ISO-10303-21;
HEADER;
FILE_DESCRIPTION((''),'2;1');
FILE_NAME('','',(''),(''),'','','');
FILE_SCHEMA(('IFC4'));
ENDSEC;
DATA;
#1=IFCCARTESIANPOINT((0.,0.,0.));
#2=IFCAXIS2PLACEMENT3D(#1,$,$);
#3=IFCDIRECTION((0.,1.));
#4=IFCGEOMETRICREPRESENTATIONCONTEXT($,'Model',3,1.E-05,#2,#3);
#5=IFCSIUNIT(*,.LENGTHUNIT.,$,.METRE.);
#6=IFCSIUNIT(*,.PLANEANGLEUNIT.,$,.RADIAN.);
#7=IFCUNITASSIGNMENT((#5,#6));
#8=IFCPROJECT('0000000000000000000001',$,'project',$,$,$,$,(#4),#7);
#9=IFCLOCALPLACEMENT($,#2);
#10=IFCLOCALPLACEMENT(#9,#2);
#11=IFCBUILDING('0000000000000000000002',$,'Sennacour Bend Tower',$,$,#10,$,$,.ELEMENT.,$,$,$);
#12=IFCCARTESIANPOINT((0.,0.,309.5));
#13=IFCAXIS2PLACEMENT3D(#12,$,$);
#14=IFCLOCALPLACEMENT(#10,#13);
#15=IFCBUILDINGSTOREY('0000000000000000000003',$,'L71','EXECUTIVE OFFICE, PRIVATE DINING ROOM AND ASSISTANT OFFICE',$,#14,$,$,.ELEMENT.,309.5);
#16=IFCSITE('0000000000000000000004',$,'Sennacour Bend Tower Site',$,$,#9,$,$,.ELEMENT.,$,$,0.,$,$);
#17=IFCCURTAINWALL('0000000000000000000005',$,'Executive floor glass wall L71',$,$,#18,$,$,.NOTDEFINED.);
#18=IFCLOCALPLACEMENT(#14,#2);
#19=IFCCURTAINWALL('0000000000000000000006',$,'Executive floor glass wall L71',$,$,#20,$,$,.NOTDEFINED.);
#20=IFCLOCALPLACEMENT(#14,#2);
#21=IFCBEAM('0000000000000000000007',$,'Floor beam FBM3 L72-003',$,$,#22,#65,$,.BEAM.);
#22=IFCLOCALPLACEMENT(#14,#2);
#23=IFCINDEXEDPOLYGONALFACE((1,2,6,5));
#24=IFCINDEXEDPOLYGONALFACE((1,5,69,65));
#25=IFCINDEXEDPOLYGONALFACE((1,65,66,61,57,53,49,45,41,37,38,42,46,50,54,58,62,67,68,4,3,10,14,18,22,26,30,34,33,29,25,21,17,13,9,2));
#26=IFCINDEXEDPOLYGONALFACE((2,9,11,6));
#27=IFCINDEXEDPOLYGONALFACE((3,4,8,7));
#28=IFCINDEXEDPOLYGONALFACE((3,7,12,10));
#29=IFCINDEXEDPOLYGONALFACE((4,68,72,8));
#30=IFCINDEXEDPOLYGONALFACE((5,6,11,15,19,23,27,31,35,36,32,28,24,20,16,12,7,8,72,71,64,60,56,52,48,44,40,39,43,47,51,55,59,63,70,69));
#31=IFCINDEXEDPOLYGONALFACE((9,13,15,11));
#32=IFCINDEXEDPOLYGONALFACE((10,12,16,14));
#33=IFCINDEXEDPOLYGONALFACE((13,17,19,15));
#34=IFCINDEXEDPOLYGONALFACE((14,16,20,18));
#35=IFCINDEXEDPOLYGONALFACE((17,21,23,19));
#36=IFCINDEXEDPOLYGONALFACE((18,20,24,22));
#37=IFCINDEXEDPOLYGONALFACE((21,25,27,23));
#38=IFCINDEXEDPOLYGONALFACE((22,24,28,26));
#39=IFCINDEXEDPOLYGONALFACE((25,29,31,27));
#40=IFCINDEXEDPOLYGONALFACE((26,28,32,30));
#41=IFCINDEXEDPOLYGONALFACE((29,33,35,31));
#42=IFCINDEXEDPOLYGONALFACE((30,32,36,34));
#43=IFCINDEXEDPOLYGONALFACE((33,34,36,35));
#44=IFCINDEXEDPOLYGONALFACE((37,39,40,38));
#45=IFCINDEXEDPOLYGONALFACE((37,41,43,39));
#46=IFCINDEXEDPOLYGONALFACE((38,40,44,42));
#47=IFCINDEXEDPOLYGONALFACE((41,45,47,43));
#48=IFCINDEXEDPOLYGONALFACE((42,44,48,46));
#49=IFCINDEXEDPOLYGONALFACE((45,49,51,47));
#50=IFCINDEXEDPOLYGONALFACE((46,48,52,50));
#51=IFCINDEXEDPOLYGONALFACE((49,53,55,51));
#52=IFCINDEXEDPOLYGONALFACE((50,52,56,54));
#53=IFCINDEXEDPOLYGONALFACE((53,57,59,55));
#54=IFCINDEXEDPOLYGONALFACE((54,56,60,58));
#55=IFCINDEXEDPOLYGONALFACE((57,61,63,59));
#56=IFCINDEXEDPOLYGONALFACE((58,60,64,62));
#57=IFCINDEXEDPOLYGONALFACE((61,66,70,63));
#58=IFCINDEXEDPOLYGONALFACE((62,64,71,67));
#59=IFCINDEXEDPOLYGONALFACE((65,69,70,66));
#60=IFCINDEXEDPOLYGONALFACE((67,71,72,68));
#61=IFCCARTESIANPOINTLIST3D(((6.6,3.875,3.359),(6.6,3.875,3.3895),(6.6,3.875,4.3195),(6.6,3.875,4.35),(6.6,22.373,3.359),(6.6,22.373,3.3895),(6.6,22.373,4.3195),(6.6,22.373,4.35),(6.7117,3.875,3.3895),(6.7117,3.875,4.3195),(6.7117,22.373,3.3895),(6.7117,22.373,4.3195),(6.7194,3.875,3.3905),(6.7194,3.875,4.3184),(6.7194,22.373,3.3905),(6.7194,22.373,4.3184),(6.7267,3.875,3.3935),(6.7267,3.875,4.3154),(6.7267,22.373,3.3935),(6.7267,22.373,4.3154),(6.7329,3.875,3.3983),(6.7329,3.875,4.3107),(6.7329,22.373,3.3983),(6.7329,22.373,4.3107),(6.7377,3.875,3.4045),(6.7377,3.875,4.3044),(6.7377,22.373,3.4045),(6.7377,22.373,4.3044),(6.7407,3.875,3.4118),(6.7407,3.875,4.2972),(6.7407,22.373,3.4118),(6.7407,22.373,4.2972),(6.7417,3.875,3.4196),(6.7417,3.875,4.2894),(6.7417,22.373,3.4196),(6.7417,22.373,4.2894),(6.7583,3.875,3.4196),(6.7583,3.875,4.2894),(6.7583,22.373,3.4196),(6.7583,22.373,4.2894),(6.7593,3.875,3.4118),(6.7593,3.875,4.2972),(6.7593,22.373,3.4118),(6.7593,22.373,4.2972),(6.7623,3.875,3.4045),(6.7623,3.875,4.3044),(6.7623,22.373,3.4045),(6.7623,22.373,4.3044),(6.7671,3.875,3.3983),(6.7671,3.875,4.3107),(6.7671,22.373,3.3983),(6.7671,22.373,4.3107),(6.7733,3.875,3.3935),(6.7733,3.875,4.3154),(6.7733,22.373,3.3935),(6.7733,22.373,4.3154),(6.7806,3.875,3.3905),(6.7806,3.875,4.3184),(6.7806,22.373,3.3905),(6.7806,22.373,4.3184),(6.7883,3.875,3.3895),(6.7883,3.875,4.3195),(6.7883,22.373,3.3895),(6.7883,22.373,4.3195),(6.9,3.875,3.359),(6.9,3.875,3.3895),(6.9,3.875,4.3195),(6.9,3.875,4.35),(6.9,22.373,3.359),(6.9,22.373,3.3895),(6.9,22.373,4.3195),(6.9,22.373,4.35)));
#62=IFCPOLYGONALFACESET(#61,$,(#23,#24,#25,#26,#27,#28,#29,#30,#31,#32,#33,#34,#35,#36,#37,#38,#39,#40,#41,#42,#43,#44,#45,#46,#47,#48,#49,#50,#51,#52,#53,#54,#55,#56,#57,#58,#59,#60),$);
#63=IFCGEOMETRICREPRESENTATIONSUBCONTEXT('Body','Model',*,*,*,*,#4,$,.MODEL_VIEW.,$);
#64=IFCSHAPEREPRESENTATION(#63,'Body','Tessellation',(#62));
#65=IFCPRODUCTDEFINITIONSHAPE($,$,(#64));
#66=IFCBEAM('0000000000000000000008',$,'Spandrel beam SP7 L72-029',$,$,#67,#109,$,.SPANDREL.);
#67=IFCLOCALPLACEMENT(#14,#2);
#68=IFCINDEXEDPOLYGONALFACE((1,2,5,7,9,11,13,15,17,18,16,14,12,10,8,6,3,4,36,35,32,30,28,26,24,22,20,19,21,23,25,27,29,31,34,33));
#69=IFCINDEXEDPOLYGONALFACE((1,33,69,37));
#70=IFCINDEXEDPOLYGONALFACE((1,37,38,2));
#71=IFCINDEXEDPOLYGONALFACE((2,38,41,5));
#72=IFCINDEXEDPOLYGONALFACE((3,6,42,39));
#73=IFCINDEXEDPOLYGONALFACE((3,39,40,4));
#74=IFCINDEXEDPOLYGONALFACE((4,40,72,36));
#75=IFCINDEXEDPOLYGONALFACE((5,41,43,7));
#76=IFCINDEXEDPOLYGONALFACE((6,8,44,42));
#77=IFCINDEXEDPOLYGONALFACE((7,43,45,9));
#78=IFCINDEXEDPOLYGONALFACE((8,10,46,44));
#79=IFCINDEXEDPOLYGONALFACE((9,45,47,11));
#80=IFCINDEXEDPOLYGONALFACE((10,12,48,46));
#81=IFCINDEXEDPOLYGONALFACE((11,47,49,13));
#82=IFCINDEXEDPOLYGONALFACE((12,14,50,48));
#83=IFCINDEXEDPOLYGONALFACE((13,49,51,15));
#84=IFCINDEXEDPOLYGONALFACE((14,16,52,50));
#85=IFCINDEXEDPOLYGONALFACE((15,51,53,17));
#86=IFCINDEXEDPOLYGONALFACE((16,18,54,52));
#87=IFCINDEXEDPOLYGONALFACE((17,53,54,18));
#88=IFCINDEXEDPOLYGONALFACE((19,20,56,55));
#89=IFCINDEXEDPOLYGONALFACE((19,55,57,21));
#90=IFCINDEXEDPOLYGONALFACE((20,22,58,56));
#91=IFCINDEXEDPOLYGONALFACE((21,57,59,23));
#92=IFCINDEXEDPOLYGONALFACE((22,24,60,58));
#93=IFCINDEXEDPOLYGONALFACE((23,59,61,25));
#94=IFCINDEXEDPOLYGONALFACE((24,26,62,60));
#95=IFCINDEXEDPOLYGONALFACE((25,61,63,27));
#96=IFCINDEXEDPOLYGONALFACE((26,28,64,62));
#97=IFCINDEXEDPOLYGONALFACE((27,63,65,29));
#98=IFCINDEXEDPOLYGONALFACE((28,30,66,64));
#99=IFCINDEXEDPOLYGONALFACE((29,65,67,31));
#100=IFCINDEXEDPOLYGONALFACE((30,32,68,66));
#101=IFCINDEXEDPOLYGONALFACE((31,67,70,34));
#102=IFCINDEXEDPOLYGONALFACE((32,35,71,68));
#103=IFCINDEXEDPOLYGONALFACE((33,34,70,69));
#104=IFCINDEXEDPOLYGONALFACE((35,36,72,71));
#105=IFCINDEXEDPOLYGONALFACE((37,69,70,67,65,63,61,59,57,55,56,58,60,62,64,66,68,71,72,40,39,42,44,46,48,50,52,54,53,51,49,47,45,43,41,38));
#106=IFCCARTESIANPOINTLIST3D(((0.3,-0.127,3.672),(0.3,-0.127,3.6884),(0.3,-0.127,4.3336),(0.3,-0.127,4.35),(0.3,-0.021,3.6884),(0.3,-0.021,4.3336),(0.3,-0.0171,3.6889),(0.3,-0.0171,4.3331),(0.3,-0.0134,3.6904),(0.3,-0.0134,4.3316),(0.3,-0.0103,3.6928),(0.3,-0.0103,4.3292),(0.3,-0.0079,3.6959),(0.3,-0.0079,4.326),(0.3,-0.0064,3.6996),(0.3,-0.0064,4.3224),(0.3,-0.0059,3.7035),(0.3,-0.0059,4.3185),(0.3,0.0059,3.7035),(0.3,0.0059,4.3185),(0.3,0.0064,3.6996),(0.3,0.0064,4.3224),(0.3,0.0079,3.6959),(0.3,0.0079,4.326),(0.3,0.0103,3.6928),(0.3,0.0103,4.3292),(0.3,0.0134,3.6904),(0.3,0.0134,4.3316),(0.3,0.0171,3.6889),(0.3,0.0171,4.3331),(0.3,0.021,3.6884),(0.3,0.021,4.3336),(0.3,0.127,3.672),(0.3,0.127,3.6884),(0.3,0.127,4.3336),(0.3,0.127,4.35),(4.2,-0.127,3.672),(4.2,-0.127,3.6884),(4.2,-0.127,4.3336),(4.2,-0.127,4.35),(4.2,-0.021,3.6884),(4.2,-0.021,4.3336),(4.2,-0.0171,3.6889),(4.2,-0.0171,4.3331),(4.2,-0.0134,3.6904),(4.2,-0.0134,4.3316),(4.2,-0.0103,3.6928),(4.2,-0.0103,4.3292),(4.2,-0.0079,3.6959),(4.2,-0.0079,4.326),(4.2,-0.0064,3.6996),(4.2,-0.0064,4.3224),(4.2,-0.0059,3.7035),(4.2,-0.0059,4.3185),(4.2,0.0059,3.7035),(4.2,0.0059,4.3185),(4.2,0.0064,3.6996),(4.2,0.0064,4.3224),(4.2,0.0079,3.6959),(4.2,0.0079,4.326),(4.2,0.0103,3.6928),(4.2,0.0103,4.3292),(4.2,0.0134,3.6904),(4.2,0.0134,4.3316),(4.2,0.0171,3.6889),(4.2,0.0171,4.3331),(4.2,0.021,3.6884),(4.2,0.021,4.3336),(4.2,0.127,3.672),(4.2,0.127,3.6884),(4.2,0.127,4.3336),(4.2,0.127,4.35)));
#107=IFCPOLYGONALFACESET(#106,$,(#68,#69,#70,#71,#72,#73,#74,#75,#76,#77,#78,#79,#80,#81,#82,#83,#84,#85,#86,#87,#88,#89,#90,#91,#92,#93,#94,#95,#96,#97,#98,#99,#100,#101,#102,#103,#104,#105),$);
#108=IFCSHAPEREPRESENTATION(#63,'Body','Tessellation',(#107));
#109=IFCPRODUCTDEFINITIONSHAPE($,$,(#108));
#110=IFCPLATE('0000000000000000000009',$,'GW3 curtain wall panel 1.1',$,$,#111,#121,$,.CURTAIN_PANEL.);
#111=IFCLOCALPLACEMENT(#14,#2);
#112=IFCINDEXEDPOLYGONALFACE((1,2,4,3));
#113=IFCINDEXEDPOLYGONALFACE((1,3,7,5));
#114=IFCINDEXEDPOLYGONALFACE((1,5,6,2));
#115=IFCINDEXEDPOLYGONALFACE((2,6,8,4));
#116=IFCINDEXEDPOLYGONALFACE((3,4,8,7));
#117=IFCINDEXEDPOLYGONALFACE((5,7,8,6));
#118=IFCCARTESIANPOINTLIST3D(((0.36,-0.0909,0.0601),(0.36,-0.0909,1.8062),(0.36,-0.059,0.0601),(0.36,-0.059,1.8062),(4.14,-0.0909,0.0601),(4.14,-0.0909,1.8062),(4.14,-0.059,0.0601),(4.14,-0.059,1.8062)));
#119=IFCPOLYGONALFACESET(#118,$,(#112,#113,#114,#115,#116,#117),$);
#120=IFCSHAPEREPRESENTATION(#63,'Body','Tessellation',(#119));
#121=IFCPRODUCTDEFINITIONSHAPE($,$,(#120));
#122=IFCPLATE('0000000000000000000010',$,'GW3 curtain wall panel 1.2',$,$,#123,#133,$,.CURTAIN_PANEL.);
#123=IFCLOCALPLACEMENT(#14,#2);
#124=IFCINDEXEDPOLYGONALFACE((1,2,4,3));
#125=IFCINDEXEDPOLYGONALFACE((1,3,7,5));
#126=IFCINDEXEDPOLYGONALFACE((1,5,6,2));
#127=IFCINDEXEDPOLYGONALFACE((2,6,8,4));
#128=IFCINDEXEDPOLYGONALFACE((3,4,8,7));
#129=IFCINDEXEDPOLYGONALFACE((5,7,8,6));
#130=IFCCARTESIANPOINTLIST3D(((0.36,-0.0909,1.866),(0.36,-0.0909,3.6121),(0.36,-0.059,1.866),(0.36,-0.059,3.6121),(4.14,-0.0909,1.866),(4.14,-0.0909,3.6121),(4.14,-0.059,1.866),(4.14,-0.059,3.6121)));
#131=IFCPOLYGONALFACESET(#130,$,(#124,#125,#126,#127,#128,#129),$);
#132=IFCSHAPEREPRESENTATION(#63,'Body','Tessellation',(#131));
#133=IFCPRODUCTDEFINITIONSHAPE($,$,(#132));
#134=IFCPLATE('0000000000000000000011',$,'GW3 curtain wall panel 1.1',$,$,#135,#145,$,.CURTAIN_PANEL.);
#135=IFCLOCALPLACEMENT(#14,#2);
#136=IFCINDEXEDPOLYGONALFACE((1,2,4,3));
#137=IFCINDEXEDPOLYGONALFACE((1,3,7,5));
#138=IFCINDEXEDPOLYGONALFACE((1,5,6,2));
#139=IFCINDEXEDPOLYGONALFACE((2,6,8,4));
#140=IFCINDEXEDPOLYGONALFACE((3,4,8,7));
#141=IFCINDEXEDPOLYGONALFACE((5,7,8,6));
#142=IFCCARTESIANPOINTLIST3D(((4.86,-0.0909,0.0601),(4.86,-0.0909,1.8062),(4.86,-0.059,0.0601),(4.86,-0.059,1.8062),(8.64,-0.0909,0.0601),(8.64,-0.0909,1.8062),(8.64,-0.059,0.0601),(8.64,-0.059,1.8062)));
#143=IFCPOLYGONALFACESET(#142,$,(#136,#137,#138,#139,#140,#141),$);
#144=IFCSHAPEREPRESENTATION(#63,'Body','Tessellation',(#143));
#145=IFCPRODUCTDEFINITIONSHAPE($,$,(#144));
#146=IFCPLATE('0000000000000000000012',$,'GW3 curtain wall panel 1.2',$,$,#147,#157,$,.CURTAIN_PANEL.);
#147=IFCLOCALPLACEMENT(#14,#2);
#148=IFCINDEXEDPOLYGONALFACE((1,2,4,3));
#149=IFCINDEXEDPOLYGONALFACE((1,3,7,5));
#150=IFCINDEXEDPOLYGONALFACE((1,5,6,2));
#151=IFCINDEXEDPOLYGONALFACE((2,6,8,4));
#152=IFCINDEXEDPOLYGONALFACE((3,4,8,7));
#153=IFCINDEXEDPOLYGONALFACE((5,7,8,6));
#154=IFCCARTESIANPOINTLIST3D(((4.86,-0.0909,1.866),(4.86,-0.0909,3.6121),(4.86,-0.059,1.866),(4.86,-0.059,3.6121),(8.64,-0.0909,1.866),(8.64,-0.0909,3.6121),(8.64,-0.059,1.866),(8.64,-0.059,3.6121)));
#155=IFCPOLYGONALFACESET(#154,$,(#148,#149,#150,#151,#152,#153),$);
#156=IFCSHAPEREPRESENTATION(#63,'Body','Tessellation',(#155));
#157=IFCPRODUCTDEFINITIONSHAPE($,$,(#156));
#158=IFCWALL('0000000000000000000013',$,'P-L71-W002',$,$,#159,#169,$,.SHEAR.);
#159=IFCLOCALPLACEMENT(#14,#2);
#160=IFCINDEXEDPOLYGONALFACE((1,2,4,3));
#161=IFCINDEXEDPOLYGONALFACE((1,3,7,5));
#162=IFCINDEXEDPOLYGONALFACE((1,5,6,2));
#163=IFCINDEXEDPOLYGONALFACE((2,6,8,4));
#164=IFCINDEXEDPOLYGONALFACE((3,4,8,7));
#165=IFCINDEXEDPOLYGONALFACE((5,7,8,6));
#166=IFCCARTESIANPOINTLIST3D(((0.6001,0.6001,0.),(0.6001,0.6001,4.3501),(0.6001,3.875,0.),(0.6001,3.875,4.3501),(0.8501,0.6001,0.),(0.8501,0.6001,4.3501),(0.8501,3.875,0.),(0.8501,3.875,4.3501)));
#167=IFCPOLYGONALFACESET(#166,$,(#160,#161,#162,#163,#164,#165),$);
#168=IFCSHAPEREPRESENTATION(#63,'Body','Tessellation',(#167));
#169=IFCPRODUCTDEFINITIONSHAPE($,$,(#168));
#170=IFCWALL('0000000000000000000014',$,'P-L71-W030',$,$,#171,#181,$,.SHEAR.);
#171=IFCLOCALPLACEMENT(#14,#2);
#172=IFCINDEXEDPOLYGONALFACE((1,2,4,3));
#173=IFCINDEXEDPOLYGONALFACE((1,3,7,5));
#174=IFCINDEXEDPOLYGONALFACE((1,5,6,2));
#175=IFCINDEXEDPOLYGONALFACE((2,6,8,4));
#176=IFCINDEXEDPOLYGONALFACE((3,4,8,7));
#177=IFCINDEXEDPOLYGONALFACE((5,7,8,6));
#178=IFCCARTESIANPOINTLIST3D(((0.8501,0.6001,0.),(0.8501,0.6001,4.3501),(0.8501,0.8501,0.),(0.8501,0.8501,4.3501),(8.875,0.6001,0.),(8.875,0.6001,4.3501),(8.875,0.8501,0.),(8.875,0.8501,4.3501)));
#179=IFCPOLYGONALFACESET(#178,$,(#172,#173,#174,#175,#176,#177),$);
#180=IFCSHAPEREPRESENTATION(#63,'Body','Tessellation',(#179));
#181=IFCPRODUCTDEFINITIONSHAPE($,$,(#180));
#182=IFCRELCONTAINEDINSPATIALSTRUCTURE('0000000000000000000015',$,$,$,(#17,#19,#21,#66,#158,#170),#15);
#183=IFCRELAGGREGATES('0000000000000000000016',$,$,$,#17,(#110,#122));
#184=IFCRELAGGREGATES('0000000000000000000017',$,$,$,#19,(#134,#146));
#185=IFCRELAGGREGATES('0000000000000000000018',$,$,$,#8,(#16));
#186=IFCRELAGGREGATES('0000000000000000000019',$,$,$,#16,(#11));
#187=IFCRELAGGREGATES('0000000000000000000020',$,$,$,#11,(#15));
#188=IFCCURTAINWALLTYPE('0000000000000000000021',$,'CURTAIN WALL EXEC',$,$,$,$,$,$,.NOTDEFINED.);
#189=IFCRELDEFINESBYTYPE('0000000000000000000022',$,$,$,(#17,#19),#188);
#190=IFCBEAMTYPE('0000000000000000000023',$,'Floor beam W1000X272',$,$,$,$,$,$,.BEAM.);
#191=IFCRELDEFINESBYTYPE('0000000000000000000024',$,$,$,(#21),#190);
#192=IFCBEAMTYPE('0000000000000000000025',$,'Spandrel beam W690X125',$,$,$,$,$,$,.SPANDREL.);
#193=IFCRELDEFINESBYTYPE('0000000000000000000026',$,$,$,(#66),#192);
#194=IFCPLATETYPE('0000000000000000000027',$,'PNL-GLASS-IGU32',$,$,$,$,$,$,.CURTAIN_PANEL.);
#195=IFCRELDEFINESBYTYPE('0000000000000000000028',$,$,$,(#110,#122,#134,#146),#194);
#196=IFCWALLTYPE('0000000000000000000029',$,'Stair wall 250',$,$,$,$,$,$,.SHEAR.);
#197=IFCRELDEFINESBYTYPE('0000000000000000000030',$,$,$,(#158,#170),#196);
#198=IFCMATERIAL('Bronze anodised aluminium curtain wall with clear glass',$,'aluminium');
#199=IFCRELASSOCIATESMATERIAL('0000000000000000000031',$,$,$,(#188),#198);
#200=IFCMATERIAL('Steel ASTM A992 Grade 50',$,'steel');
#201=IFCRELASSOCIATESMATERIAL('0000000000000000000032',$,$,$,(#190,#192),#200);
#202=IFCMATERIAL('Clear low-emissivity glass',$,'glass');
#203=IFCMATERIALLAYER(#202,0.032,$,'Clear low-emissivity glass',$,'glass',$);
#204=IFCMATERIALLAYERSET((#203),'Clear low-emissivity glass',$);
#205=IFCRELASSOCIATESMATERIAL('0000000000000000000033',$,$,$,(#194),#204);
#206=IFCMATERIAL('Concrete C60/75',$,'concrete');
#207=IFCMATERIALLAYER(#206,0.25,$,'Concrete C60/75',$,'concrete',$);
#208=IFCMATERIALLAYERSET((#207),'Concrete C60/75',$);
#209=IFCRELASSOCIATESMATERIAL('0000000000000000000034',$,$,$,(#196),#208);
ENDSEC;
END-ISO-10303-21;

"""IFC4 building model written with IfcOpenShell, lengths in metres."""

from ifc_helpers import new_model, si_unit, direction, frame, frame_2d, origin, origin_2d, place, context, subcontext, project, spatial, rectangle, i_section, extrude, material, layer, layer_set, material_profile, profile_set, type_object, element, aggregate, save


model = new_model("IFC4")

# Units and contexts
model_context = context("Model", 3, precision=1e-05, world=origin(), true_north=direction((0.0, 1.0)))
body_context = subcontext(model_context, "Body", "Model", "MODEL_VIEW")
ifc_project = project(units=[si_unit("LENGTHUNIT", "METRE"), si_unit("PLANEANGLEUNIT", "RADIAN")], contexts=[model_context])

# Site, building, storey
site_placement = place(None, origin())
site = spatial("IfcSite", under=ifc_project, at=site_placement, Name="Sennacour Bend Tower Site", CompositionType="ELEMENT", RefElevation=0.0)
building_placement = place(site_placement, origin())
building = spatial("IfcBuilding", under=site, at=building_placement, Name="Sennacour Bend Tower", CompositionType="ELEMENT")
storey_placement = place(building_placement, frame((0.0, 0.0, 309.5)))
storey = spatial("IfcBuildingStorey", under=building, at=storey_placement, Name="L71", Description="EXECUTIVE OFFICE, PRIVATE DINING ROOM AND ASSISTANT OFFICE", CompositionType="ELEMENT", Elevation=309.5)

# Curtain wall
ifc_material_1 = material(Name="Bronze anodised aluminium curtain wall with clear glass", Category="aluminium")
curtain_wall_type = type_object("IfcCurtainWallType", Name="CURTAIN WALL EXEC", PredefinedType="NOTDEFINED", material=ifc_material_1)
curtain_wall_1_placement = place(storey_placement, origin())
curtain_wall_1 = element("IfcCurtainWall", 1, at=curtain_wall_1_placement, inside=storey, type_object=curtain_wall_type, Name="Executive floor glass wall L71", PredefinedType="NOTDEFINED")

# Curtain wall
curtain_wall_2_placement = place(storey_placement, origin())
curtain_wall_2 = element("IfcCurtainWall", 2, at=curtain_wall_2_placement, inside=storey, type_object=curtain_wall_type, Name="Executive floor glass wall L71", PredefinedType="NOTDEFINED")

# Beams
ifc_material_2 = material(Name="Steel ASTM A992 Grade 50", Category="steel")
ifc_material_profile_1 = material_profile(ifc_material_2, i_section(OverallWidth=0.3, OverallDepth=0.991, WebThickness=0.0166, FlangeThickness=0.0305, FilletRadius=0.03, at=origin_2d()), Name="Steel ASTM A992 Grade 50", Category="steel")
ifc_profile_set_1 = profile_set([ifc_material_profile_1], Name="Steel ASTM A992 Grade 50")
beam_type_1 = type_object("IfcBeamType", Name="Floor beam W1000X272", PredefinedType="BEAM", material=ifc_profile_set_1)
beam_1_placement = place(storey_placement, frame((6.75, 3.875, 3.8545), z_axis=(0.0, 1.0, 0.0), x_axis=(-1.0, 0.0, 0.0)))
element("IfcBeam", 3, at=beam_1_placement, inside=storey, type_object=beam_type_1, Name="Floor beam FBM3 L72-003", PredefinedType="BEAM", context=body_context, shape_type="SweptSolid", body=[
    extrude(i_section(OverallWidth=0.3, OverallDepth=0.991, WebThickness=0.0166, FlangeThickness=0.0305, FilletRadius=0.03, at=origin_2d()), origin(), (0.0, 0.0, 1.0), 18.498),
])
ifc_material_profile_2 = material_profile(ifc_material_2, i_section(OverallWidth=0.2539, OverallDepth=0.678, WebThickness=0.0117, FlangeThickness=0.0164, FilletRadius=0.0151, at=origin_2d()), Name="Steel ASTM A992 Grade 50", Category="steel")
ifc_profile_set_2 = profile_set([ifc_material_profile_2], Name="Steel ASTM A992 Grade 50")
beam_type_2 = type_object("IfcBeamType", Name="Spandrel beam W690X125", PredefinedType="SPANDREL", material=ifc_profile_set_2)
beam_2_placement = place(storey_placement, frame((4.2, 0.0, 4.011), z_axis=(-1.0, 0.0, 0.0), x_axis=(0.0, -1.0, 0.0)))
element("IfcBeam", 4, at=beam_2_placement, inside=storey, type_object=beam_type_2, Name="Spandrel beam SP7 L72-029", PredefinedType="SPANDREL", context=body_context, shape_type="SweptSolid", body=[
    extrude(i_section(OverallWidth=0.2539, OverallDepth=0.678, WebThickness=0.0117, FlangeThickness=0.0164, FilletRadius=0.0151, at=origin_2d()), origin(), (0.0, 0.0, 1.0), 3.8999),
])

# Plates
ifc_material_3 = material(Name="Clear low-emissivity glass", Category="glass")
ifc_layer_1 = layer(ifc_material_3, 0.032, Name="Clear low-emissivity glass", Category="glass")
ifc_layer_set_1 = layer_set([ifc_layer_1], Name="Clear low-emissivity glass")
plate_type = type_object("IfcPlateType", Name="PNL-GLASS-IGU32", PredefinedType="CURTAIN_PANEL", material=ifc_layer_set_1)
plate_1_placement = place(storey_placement, frame((2.25, -0.075, 0.0601), z_axis=(0.0, 0.0, 1.0), x_axis=(1.0, 0.0, 0.0)))
plate_1 = element("IfcPlate", 5, at=plate_1_placement, type_object=plate_type, Name="GW3 curtain wall panel 1.1", PredefinedType="CURTAIN_PANEL", context=body_context, shape_type="SweptSolid", body=[
    extrude(rectangle(XDim=3.78, YDim=0.032, at=origin_2d()), origin(), (0.0, 0.0, 1.0), 1.7461),
])
plate_2_placement = place(storey_placement, frame((2.25, -0.075, 1.866), z_axis=(0.0, 0.0, 1.0), x_axis=(1.0, 0.0, 0.0)))
plate_2 = element("IfcPlate", 6, at=plate_2_placement, type_object=plate_type, Name="GW3 curtain wall panel 1.2", PredefinedType="CURTAIN_PANEL", context=body_context, shape_type="SweptSolid", body=[
    extrude(rectangle(XDim=3.78, YDim=0.032, at=origin_2d()), origin(), (0.0, 0.0, 1.0), 1.7461),
])
aggregate(curtain_wall_1, [plate_1, plate_2])
plate_3_placement = place(storey_placement, frame((6.75, -0.075, 0.0601), z_axis=(0.0, 0.0, 1.0), x_axis=(1.0, 0.0, 0.0)))
plate_3 = element("IfcPlate", 7, at=plate_3_placement, type_object=plate_type, Name="GW3 curtain wall panel 1.1", PredefinedType="CURTAIN_PANEL", context=body_context, shape_type="SweptSolid", body=[
    extrude(rectangle(XDim=3.78, YDim=0.032, at=origin_2d()), origin(), (0.0, 0.0, 1.0), 1.7461),
])
plate_4_placement = place(storey_placement, frame((6.75, -0.075, 1.866), z_axis=(0.0, 0.0, 1.0), x_axis=(1.0, 0.0, 0.0)))
plate_4 = element("IfcPlate", 8, at=plate_4_placement, type_object=plate_type, Name="GW3 curtain wall panel 1.2", PredefinedType="CURTAIN_PANEL", context=body_context, shape_type="SweptSolid", body=[
    extrude(rectangle(XDim=3.78, YDim=0.032, at=origin_2d()), origin(), (0.0, 0.0, 1.0), 1.7461),
])
aggregate(curtain_wall_2, [plate_3, plate_4])

# Walls
ifc_material_4 = material(Name="Concrete C60/75", Category="concrete")
ifc_layer_2 = layer(ifc_material_4, 0.25, Name="Concrete C60/75", Category="concrete")
ifc_layer_set_2 = layer_set([ifc_layer_2], Name="Concrete C60/75")
wall_type = type_object("IfcWallType", Name="Stair wall 250", PredefinedType="SHEAR", material=ifc_layer_set_2)
wall_1_placement = place(storey_placement, frame((0.7251, 0.6001, 0.0), z_axis=(0.0, 0.0, 1.0), x_axis=(0.0, 1.0, 0.0)))
element("IfcWall", 9, at=wall_1_placement, inside=storey, type_object=wall_type, Name="P-L71-W002", PredefinedType="SHEAR", context=body_context, shape_type="SweptSolid", body=[
    extrude(rectangle(XDim=3.2749, YDim=0.25, at=frame_2d((1.6375, 0.0))), origin(), (0.0, 0.0, 1.0), 4.3501),
])
wall_2_placement = place(storey_placement, frame((0.8501, 0.7251, 0.0), z_axis=(0.0, 0.0, 1.0), x_axis=(1.0, 0.0, 0.0)))
element("IfcWall", 10, at=wall_2_placement, inside=storey, type_object=wall_type, Name="P-L71-W030", PredefinedType="SHEAR", context=body_context, shape_type="SweptSolid", body=[
    extrude(rectangle(XDim=8.0249, YDim=0.25, at=frame_2d((4.0125, 0.0))), origin(), (0.0, 0.0, 1.0), 4.3501),
])

save(model, "model.ifc")
